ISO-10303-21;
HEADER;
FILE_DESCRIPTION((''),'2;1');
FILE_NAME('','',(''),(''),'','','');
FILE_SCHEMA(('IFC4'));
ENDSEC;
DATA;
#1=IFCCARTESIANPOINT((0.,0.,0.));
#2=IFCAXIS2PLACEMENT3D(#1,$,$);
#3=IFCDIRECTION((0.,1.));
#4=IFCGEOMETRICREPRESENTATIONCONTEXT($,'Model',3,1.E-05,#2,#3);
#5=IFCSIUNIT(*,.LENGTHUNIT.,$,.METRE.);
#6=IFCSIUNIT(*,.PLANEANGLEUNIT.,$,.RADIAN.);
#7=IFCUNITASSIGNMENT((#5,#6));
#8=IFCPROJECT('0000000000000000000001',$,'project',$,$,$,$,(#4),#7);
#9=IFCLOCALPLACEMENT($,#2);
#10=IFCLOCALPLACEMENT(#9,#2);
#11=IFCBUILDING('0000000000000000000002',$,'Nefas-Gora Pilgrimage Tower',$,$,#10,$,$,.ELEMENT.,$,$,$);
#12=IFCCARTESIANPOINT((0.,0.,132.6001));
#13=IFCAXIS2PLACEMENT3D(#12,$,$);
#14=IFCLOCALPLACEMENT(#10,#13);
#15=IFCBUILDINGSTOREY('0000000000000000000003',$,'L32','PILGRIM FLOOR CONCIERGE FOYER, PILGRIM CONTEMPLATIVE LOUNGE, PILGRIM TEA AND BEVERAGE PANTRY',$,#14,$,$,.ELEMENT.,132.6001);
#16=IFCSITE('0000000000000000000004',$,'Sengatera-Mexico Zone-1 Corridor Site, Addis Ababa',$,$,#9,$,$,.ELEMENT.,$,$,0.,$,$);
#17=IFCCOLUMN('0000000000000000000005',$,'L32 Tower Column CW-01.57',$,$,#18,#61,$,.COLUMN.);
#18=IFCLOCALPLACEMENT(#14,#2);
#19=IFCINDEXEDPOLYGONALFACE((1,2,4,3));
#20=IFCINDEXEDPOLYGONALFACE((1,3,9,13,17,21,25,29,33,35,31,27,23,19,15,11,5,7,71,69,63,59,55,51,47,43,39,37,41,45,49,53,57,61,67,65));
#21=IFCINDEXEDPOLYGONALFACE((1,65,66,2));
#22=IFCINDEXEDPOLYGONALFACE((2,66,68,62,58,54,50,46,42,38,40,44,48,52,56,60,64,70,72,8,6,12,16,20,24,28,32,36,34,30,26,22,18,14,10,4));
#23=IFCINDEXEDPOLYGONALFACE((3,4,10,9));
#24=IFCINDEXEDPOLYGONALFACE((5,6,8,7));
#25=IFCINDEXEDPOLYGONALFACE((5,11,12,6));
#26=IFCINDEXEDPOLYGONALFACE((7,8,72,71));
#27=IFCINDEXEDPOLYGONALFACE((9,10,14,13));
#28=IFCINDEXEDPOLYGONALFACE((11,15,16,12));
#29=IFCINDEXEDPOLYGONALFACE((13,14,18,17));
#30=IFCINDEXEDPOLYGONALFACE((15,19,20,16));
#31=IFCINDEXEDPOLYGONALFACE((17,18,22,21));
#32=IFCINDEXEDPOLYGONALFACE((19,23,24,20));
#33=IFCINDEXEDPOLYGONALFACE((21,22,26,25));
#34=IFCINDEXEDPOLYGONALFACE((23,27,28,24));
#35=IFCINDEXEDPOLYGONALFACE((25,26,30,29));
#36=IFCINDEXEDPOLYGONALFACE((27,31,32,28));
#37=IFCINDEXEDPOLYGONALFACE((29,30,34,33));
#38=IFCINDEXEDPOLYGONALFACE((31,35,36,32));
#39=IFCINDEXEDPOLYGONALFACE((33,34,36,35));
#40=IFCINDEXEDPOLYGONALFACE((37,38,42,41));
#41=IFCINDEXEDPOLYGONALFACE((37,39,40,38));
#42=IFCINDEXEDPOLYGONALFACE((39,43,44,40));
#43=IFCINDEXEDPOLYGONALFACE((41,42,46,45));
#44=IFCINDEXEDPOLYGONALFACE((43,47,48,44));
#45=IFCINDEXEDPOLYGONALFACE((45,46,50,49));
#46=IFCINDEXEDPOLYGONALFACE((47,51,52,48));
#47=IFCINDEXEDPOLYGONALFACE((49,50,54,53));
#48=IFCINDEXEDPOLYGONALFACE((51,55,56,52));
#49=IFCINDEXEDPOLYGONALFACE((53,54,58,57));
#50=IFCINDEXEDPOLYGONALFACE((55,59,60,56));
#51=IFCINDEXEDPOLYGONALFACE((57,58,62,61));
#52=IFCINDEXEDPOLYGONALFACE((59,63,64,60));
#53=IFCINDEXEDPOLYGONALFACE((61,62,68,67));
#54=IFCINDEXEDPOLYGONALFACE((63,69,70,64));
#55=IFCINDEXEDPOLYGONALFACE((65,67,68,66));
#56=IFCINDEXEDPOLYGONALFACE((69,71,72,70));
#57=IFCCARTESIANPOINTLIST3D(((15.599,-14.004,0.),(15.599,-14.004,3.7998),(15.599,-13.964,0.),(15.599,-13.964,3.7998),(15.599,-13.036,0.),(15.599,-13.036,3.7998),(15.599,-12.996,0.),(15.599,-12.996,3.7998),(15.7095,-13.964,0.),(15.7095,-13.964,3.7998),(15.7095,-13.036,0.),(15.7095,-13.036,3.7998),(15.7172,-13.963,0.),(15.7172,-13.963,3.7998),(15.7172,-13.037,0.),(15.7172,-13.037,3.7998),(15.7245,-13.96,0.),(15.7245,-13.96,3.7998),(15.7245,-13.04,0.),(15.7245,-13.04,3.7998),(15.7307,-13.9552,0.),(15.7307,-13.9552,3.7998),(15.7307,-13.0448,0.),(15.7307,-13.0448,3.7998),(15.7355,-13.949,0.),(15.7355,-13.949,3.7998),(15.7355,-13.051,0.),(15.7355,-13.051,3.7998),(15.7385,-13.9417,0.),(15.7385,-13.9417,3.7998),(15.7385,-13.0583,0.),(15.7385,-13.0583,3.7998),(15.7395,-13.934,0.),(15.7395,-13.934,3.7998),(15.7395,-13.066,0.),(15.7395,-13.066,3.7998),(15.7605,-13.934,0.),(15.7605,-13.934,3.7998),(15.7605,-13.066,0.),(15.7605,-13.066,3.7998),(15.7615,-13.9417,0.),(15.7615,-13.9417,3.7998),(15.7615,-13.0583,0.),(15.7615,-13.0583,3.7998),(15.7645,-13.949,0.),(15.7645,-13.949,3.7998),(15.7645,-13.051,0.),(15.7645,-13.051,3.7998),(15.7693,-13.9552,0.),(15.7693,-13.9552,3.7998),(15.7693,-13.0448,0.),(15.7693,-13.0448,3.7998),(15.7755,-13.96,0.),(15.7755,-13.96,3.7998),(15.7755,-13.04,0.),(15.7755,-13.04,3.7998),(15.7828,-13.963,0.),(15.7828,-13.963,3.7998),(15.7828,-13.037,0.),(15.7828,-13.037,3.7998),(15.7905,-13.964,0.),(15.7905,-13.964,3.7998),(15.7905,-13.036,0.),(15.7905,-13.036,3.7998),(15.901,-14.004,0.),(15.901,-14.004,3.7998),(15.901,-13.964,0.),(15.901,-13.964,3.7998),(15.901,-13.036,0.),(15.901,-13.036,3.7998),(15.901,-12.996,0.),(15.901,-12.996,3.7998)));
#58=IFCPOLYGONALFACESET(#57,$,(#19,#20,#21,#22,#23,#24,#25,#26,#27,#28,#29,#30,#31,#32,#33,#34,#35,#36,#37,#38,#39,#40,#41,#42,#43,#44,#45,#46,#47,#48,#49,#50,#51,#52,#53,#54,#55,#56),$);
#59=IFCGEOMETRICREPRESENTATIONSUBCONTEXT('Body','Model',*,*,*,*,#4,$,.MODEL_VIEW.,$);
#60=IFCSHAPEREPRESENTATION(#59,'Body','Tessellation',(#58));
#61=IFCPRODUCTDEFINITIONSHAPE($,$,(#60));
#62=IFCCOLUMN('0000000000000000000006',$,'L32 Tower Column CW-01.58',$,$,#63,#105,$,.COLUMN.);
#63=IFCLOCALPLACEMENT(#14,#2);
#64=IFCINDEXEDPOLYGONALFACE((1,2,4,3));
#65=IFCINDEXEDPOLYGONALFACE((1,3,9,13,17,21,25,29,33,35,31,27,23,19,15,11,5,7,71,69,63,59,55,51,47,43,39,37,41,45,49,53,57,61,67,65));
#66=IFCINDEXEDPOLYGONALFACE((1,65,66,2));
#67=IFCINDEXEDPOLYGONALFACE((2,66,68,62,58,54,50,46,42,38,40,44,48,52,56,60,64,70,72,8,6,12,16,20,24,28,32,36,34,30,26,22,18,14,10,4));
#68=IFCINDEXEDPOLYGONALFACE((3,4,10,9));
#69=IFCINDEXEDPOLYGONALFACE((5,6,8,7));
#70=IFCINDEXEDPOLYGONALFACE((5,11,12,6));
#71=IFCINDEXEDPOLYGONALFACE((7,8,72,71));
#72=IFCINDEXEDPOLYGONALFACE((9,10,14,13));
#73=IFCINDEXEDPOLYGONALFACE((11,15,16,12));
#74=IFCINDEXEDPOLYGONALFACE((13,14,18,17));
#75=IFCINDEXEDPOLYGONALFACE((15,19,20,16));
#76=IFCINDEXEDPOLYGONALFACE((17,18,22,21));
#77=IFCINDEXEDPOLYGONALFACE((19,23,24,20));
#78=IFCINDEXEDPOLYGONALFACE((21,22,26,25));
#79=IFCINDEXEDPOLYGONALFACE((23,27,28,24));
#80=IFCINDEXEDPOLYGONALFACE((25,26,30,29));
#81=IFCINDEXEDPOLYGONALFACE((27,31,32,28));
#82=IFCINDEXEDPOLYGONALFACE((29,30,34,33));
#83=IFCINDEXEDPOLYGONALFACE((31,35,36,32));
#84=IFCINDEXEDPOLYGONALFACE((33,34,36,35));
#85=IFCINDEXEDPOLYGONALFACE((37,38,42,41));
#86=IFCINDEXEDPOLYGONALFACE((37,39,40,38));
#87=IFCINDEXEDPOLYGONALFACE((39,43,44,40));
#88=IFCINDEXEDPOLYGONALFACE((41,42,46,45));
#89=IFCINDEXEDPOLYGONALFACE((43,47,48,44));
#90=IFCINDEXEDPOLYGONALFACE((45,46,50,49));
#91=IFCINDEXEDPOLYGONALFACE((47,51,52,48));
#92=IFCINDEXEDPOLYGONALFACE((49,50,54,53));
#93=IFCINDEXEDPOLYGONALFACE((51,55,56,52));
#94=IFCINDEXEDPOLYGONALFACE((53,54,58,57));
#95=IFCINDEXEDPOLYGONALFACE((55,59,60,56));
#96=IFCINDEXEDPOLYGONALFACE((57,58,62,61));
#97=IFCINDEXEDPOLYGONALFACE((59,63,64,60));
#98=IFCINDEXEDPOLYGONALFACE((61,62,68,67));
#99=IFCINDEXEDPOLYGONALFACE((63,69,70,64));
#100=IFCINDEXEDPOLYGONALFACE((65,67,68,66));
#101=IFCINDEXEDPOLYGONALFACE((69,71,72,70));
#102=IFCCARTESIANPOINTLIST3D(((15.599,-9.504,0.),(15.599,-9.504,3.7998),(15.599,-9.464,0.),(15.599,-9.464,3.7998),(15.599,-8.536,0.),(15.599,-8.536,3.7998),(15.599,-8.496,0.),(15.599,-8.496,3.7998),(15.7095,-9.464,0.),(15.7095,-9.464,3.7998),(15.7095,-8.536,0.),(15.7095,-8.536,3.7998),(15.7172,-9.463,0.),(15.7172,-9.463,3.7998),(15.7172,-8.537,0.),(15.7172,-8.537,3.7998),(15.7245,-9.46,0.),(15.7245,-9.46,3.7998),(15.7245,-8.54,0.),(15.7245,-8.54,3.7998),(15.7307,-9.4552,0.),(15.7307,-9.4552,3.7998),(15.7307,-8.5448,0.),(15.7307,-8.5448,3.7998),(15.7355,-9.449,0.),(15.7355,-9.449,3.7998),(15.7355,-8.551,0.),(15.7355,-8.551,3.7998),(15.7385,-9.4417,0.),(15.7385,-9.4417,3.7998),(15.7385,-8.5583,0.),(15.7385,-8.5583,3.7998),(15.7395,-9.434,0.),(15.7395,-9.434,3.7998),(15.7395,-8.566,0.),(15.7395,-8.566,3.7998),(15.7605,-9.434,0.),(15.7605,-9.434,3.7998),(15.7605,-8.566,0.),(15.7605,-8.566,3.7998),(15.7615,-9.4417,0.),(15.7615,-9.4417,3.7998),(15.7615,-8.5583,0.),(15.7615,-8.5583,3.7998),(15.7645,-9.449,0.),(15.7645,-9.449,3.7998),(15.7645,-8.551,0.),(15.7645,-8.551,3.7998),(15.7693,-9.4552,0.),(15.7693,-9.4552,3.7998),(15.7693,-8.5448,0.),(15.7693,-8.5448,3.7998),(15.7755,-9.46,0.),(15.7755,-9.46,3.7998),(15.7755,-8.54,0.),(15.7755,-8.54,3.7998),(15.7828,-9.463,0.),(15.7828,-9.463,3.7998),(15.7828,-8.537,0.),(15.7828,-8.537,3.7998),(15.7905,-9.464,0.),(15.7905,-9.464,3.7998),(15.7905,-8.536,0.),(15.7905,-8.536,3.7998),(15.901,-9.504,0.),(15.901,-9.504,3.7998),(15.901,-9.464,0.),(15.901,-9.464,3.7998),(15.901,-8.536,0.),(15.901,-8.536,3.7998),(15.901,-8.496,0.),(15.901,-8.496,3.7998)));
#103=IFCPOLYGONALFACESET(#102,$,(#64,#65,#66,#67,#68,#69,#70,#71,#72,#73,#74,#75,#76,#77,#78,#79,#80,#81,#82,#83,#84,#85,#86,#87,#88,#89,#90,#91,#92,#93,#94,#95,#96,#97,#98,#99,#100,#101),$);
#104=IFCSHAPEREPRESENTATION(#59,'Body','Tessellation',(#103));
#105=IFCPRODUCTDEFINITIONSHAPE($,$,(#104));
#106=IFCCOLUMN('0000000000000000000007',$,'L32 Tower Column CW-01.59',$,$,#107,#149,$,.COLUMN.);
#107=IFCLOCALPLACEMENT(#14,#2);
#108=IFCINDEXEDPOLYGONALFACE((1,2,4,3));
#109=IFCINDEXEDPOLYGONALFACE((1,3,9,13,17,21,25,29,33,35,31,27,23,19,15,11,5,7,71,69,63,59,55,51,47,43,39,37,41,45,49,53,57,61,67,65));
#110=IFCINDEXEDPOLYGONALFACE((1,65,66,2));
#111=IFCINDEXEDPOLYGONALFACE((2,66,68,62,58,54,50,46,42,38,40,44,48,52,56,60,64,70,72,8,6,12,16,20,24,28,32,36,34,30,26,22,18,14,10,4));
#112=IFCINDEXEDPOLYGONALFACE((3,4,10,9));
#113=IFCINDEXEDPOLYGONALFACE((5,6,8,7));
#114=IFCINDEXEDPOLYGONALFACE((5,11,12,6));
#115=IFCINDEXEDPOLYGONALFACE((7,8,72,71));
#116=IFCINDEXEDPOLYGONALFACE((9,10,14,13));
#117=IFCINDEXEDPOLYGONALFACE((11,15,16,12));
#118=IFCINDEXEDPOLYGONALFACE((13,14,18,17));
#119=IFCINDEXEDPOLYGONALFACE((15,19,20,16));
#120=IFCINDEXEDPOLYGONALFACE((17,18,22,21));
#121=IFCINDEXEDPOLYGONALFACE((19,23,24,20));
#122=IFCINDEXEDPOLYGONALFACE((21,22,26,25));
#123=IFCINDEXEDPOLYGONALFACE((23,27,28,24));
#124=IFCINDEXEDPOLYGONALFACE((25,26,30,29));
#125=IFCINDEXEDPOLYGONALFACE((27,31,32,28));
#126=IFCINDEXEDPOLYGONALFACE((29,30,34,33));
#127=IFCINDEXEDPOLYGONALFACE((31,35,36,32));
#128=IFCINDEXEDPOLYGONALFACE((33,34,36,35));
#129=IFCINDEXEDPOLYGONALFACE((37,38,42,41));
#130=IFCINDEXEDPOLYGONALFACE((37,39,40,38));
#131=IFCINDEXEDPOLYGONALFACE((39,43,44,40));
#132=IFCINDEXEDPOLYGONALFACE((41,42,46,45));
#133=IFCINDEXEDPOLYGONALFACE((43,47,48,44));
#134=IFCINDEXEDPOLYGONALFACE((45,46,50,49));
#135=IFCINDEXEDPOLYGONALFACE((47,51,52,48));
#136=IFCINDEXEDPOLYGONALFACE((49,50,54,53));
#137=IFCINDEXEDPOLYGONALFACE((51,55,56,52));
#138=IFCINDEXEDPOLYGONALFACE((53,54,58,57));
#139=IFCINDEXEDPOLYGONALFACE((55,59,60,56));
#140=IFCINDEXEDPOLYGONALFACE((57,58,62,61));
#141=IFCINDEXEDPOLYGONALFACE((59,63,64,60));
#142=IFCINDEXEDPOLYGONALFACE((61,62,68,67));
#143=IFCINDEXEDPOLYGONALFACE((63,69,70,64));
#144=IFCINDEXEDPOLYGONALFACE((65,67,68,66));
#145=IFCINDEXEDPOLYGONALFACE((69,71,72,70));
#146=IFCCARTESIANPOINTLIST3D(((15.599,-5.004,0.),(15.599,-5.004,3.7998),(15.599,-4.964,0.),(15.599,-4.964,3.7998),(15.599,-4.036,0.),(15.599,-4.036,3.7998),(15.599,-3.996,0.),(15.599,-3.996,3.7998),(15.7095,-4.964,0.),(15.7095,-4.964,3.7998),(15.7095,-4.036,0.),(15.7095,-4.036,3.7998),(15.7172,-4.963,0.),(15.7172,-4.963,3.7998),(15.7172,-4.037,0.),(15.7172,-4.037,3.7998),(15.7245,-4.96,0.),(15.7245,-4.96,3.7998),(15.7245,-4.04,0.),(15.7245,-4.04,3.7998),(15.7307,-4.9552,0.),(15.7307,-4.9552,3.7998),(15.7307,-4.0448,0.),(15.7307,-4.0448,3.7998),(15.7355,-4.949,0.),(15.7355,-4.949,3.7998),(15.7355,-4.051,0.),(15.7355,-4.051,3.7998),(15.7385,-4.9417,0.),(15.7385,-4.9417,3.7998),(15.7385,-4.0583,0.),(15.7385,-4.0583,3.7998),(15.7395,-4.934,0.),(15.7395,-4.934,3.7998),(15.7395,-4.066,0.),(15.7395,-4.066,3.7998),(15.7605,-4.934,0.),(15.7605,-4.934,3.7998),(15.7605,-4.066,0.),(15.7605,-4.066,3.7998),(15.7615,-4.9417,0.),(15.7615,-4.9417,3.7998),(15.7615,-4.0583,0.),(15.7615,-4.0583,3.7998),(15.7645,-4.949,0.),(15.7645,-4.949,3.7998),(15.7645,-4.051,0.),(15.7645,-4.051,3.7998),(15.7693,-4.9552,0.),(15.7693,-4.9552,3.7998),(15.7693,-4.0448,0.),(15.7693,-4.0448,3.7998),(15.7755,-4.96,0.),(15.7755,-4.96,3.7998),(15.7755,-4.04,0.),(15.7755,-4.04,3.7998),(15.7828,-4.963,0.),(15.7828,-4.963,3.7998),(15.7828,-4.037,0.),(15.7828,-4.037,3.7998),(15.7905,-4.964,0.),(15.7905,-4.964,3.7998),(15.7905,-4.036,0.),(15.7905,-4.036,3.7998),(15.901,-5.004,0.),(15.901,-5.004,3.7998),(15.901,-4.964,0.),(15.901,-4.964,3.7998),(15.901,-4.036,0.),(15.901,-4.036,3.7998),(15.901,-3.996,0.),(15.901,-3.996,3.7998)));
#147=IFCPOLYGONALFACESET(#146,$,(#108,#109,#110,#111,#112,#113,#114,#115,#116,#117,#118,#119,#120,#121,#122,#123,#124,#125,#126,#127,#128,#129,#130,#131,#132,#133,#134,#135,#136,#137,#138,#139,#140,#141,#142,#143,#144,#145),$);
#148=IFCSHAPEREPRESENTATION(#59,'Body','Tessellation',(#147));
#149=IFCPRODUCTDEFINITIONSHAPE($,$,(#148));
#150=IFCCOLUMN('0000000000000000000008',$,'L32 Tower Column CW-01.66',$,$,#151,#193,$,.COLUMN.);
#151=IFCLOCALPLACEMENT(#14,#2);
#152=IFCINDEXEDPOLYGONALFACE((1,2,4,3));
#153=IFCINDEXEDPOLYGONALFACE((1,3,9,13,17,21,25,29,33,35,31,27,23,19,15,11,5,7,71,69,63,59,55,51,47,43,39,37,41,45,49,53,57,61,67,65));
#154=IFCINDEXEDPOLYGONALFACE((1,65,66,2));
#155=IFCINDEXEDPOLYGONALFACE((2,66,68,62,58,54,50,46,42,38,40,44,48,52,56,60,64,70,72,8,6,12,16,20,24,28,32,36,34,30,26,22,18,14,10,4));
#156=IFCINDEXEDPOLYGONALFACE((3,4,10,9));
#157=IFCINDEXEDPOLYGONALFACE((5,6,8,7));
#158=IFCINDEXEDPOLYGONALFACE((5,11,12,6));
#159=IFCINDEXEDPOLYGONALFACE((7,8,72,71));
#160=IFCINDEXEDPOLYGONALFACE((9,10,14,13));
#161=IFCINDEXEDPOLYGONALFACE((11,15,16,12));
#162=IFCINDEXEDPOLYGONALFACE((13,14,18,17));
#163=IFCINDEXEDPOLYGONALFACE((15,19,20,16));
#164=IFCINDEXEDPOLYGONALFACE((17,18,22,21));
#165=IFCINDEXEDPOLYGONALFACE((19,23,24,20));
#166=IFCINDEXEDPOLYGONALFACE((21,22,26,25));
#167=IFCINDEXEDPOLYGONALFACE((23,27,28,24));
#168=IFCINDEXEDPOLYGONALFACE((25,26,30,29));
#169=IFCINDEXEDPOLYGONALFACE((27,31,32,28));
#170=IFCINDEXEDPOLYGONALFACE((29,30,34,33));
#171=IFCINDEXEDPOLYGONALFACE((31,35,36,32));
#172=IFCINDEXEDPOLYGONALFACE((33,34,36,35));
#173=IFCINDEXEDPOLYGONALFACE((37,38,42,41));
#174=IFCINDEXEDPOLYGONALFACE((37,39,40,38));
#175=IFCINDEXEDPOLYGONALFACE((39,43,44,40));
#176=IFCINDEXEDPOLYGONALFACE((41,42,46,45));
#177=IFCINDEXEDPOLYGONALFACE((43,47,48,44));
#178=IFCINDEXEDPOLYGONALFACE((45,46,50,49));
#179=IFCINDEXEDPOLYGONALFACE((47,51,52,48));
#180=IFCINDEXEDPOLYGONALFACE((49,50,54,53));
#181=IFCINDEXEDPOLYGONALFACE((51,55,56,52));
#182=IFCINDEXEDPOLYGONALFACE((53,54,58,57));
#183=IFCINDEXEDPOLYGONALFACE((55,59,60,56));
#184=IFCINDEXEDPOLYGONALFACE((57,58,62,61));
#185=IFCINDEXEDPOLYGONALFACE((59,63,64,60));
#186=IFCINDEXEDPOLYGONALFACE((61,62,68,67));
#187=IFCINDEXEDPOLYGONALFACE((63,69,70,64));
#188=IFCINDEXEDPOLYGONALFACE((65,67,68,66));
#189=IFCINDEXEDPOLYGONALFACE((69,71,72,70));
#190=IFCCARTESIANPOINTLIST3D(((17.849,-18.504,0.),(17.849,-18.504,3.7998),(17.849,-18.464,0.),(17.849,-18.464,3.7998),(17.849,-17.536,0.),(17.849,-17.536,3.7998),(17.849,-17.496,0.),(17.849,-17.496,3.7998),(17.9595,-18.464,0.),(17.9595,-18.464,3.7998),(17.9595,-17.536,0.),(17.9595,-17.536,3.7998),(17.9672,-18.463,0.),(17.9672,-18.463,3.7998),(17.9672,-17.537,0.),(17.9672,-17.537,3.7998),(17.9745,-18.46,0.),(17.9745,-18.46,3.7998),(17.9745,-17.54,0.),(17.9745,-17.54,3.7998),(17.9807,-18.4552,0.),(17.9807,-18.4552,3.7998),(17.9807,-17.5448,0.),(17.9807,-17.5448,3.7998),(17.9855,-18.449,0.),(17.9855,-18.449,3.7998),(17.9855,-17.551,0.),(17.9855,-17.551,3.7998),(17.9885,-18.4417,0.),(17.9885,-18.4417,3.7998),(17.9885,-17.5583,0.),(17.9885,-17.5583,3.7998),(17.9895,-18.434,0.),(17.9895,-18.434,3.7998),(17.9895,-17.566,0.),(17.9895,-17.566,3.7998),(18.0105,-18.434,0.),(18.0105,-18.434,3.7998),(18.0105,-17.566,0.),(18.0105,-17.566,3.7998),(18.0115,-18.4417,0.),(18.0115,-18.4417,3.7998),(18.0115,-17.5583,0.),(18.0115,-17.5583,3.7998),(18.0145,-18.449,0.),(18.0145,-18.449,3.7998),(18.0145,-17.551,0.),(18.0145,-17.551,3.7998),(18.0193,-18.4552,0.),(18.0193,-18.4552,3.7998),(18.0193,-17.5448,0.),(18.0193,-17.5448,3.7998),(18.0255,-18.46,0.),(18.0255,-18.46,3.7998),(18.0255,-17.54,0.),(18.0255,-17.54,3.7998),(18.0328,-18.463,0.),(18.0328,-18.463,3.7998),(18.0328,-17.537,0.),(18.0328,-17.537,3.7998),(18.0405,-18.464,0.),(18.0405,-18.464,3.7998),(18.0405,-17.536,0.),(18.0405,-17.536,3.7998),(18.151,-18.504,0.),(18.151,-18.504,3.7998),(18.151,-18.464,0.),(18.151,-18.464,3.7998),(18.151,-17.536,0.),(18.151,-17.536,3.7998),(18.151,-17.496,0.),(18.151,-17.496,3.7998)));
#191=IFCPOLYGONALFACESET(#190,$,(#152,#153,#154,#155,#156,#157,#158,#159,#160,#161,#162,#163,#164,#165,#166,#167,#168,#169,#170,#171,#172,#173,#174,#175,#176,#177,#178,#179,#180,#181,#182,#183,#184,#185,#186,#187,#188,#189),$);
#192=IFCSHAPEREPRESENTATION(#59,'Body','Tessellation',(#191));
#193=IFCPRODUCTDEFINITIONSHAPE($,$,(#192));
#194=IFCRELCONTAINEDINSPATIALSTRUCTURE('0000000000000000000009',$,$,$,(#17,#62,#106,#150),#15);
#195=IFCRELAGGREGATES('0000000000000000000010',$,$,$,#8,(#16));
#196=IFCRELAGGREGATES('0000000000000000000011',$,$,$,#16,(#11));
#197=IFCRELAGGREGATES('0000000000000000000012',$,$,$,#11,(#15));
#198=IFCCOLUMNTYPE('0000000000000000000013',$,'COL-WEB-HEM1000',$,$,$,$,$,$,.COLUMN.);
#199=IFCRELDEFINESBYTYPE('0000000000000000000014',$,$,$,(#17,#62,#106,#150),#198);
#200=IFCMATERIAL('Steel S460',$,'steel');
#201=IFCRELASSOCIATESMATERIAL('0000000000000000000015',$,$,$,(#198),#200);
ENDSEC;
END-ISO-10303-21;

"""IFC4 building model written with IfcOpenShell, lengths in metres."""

from ifc_helpers import new_model, si_unit, direction, frame, origin, origin_2d, place, context, subcontext, project, spatial, i_section, extrude, source, transform, mapped, material, material_profile, profile_set, type_object, element, save


model = new_model("IFC4")

# Units and contexts
model_context = context("Model", 3, precision=1e-05, world=origin(), true_north=direction((0.0, 1.0)))
body_context = subcontext(model_context, "Body", "Model", "MODEL_VIEW")
ifc_project = project(units=[si_unit("LENGTHUNIT", "METRE"), si_unit("PLANEANGLEUNIT", "RADIAN")], contexts=[model_context])

# Site, building, storey
site_placement = place(None, origin())
site = spatial("IfcSite", under=ifc_project, at=site_placement, Name="Sengatera-Mexico Zone-1 Corridor Site, Addis Ababa", CompositionType="ELEMENT", RefElevation=0.0)
building_placement = place(site_placement, origin())
building = spatial("IfcBuilding", under=site, at=building_placement, Name="Nefas-Gora Pilgrimage Tower", CompositionType="ELEMENT")
storey_placement = place(building_placement, frame((0.0, 0.0, 132.6001)))
storey = spatial("IfcBuildingStorey", under=building, at=storey_placement, Name="L32", Description="PILGRIM FLOOR CONCIERGE FOYER, PILGRIM CONTEMPLATIVE LOUNGE, PILGRIM TEA AND BEVERAGE PANTRY", CompositionType="ELEMENT", Elevation=132.6001)

# Columns
ifc_material_1 = material(Name="Steel S460", Category="steel")
ifc_material_profile_1 = material_profile(ifc_material_1, i_section(OverallWidth=0.302, OverallDepth=1.0081, WebThickness=0.021, FlangeThickness=0.04, FilletRadius=0.03, at=origin_2d()), Name="HEM 1000")
ifc_profile_set_1 = profile_set([ifc_material_profile_1], Name="Steel S460")
column_type_1 = type_object("IfcColumnType", Name="COL-WEB-HEM1000", PredefinedType="COLUMN", material=ifc_profile_set_1)
shared_shape_1 = source(origin(), body_context, "Body", "SweptSolid", [
    extrude(i_section(OverallWidth=0.302, OverallDepth=1.0081, WebThickness=0.021, FlangeThickness=0.04, FilletRadius=0.03, at=origin_2d()), origin(), (0.0, 0.0, 1.0), 3.7998),
])
for number, where, z_axis, x_axis, name in (
    (1, (15.75, -13.5, 0.0), (0.0, 0.0, 1.0), (1.0, 0.0, 0.0), "L32 Tower Column CW-01.57"),
    (2, (15.75, -9.0, 0.0), (0.0, 0.0, 1.0), (1.0, 0.0, 0.0), "L32 Tower Column CW-01.58"),
    (3, (15.75, -4.5, 0.0), (0.0, 0.0, 1.0), (1.0, 0.0, 0.0), "L32 Tower Column CW-01.59"),
    (4, (18.0, -18.0, 0.0), (0.0, 0.0, 1.0), (1.0, 0.0, 0.0), "L32 Tower Column CW-01.66"),
):
    element("IfcColumn", number, at=place(storey_placement, frame(where, z_axis=z_axis, x_axis=x_axis)), inside=storey, type_object=column_type_1, Name=name, PredefinedType="COLUMN", context=body_context, shape_type="MappedRepresentation", body=[
        mapped(shared_shape_1, transform((0.0, 0.0, 0.0), x_axis=(1.0, 0.0, 0.0), y_axis=(0.0, 1.0, 0.0), z_axis=(0.0, 0.0, 1.0), scale=1.0)),
    ])

save(model, "model.ifc")
